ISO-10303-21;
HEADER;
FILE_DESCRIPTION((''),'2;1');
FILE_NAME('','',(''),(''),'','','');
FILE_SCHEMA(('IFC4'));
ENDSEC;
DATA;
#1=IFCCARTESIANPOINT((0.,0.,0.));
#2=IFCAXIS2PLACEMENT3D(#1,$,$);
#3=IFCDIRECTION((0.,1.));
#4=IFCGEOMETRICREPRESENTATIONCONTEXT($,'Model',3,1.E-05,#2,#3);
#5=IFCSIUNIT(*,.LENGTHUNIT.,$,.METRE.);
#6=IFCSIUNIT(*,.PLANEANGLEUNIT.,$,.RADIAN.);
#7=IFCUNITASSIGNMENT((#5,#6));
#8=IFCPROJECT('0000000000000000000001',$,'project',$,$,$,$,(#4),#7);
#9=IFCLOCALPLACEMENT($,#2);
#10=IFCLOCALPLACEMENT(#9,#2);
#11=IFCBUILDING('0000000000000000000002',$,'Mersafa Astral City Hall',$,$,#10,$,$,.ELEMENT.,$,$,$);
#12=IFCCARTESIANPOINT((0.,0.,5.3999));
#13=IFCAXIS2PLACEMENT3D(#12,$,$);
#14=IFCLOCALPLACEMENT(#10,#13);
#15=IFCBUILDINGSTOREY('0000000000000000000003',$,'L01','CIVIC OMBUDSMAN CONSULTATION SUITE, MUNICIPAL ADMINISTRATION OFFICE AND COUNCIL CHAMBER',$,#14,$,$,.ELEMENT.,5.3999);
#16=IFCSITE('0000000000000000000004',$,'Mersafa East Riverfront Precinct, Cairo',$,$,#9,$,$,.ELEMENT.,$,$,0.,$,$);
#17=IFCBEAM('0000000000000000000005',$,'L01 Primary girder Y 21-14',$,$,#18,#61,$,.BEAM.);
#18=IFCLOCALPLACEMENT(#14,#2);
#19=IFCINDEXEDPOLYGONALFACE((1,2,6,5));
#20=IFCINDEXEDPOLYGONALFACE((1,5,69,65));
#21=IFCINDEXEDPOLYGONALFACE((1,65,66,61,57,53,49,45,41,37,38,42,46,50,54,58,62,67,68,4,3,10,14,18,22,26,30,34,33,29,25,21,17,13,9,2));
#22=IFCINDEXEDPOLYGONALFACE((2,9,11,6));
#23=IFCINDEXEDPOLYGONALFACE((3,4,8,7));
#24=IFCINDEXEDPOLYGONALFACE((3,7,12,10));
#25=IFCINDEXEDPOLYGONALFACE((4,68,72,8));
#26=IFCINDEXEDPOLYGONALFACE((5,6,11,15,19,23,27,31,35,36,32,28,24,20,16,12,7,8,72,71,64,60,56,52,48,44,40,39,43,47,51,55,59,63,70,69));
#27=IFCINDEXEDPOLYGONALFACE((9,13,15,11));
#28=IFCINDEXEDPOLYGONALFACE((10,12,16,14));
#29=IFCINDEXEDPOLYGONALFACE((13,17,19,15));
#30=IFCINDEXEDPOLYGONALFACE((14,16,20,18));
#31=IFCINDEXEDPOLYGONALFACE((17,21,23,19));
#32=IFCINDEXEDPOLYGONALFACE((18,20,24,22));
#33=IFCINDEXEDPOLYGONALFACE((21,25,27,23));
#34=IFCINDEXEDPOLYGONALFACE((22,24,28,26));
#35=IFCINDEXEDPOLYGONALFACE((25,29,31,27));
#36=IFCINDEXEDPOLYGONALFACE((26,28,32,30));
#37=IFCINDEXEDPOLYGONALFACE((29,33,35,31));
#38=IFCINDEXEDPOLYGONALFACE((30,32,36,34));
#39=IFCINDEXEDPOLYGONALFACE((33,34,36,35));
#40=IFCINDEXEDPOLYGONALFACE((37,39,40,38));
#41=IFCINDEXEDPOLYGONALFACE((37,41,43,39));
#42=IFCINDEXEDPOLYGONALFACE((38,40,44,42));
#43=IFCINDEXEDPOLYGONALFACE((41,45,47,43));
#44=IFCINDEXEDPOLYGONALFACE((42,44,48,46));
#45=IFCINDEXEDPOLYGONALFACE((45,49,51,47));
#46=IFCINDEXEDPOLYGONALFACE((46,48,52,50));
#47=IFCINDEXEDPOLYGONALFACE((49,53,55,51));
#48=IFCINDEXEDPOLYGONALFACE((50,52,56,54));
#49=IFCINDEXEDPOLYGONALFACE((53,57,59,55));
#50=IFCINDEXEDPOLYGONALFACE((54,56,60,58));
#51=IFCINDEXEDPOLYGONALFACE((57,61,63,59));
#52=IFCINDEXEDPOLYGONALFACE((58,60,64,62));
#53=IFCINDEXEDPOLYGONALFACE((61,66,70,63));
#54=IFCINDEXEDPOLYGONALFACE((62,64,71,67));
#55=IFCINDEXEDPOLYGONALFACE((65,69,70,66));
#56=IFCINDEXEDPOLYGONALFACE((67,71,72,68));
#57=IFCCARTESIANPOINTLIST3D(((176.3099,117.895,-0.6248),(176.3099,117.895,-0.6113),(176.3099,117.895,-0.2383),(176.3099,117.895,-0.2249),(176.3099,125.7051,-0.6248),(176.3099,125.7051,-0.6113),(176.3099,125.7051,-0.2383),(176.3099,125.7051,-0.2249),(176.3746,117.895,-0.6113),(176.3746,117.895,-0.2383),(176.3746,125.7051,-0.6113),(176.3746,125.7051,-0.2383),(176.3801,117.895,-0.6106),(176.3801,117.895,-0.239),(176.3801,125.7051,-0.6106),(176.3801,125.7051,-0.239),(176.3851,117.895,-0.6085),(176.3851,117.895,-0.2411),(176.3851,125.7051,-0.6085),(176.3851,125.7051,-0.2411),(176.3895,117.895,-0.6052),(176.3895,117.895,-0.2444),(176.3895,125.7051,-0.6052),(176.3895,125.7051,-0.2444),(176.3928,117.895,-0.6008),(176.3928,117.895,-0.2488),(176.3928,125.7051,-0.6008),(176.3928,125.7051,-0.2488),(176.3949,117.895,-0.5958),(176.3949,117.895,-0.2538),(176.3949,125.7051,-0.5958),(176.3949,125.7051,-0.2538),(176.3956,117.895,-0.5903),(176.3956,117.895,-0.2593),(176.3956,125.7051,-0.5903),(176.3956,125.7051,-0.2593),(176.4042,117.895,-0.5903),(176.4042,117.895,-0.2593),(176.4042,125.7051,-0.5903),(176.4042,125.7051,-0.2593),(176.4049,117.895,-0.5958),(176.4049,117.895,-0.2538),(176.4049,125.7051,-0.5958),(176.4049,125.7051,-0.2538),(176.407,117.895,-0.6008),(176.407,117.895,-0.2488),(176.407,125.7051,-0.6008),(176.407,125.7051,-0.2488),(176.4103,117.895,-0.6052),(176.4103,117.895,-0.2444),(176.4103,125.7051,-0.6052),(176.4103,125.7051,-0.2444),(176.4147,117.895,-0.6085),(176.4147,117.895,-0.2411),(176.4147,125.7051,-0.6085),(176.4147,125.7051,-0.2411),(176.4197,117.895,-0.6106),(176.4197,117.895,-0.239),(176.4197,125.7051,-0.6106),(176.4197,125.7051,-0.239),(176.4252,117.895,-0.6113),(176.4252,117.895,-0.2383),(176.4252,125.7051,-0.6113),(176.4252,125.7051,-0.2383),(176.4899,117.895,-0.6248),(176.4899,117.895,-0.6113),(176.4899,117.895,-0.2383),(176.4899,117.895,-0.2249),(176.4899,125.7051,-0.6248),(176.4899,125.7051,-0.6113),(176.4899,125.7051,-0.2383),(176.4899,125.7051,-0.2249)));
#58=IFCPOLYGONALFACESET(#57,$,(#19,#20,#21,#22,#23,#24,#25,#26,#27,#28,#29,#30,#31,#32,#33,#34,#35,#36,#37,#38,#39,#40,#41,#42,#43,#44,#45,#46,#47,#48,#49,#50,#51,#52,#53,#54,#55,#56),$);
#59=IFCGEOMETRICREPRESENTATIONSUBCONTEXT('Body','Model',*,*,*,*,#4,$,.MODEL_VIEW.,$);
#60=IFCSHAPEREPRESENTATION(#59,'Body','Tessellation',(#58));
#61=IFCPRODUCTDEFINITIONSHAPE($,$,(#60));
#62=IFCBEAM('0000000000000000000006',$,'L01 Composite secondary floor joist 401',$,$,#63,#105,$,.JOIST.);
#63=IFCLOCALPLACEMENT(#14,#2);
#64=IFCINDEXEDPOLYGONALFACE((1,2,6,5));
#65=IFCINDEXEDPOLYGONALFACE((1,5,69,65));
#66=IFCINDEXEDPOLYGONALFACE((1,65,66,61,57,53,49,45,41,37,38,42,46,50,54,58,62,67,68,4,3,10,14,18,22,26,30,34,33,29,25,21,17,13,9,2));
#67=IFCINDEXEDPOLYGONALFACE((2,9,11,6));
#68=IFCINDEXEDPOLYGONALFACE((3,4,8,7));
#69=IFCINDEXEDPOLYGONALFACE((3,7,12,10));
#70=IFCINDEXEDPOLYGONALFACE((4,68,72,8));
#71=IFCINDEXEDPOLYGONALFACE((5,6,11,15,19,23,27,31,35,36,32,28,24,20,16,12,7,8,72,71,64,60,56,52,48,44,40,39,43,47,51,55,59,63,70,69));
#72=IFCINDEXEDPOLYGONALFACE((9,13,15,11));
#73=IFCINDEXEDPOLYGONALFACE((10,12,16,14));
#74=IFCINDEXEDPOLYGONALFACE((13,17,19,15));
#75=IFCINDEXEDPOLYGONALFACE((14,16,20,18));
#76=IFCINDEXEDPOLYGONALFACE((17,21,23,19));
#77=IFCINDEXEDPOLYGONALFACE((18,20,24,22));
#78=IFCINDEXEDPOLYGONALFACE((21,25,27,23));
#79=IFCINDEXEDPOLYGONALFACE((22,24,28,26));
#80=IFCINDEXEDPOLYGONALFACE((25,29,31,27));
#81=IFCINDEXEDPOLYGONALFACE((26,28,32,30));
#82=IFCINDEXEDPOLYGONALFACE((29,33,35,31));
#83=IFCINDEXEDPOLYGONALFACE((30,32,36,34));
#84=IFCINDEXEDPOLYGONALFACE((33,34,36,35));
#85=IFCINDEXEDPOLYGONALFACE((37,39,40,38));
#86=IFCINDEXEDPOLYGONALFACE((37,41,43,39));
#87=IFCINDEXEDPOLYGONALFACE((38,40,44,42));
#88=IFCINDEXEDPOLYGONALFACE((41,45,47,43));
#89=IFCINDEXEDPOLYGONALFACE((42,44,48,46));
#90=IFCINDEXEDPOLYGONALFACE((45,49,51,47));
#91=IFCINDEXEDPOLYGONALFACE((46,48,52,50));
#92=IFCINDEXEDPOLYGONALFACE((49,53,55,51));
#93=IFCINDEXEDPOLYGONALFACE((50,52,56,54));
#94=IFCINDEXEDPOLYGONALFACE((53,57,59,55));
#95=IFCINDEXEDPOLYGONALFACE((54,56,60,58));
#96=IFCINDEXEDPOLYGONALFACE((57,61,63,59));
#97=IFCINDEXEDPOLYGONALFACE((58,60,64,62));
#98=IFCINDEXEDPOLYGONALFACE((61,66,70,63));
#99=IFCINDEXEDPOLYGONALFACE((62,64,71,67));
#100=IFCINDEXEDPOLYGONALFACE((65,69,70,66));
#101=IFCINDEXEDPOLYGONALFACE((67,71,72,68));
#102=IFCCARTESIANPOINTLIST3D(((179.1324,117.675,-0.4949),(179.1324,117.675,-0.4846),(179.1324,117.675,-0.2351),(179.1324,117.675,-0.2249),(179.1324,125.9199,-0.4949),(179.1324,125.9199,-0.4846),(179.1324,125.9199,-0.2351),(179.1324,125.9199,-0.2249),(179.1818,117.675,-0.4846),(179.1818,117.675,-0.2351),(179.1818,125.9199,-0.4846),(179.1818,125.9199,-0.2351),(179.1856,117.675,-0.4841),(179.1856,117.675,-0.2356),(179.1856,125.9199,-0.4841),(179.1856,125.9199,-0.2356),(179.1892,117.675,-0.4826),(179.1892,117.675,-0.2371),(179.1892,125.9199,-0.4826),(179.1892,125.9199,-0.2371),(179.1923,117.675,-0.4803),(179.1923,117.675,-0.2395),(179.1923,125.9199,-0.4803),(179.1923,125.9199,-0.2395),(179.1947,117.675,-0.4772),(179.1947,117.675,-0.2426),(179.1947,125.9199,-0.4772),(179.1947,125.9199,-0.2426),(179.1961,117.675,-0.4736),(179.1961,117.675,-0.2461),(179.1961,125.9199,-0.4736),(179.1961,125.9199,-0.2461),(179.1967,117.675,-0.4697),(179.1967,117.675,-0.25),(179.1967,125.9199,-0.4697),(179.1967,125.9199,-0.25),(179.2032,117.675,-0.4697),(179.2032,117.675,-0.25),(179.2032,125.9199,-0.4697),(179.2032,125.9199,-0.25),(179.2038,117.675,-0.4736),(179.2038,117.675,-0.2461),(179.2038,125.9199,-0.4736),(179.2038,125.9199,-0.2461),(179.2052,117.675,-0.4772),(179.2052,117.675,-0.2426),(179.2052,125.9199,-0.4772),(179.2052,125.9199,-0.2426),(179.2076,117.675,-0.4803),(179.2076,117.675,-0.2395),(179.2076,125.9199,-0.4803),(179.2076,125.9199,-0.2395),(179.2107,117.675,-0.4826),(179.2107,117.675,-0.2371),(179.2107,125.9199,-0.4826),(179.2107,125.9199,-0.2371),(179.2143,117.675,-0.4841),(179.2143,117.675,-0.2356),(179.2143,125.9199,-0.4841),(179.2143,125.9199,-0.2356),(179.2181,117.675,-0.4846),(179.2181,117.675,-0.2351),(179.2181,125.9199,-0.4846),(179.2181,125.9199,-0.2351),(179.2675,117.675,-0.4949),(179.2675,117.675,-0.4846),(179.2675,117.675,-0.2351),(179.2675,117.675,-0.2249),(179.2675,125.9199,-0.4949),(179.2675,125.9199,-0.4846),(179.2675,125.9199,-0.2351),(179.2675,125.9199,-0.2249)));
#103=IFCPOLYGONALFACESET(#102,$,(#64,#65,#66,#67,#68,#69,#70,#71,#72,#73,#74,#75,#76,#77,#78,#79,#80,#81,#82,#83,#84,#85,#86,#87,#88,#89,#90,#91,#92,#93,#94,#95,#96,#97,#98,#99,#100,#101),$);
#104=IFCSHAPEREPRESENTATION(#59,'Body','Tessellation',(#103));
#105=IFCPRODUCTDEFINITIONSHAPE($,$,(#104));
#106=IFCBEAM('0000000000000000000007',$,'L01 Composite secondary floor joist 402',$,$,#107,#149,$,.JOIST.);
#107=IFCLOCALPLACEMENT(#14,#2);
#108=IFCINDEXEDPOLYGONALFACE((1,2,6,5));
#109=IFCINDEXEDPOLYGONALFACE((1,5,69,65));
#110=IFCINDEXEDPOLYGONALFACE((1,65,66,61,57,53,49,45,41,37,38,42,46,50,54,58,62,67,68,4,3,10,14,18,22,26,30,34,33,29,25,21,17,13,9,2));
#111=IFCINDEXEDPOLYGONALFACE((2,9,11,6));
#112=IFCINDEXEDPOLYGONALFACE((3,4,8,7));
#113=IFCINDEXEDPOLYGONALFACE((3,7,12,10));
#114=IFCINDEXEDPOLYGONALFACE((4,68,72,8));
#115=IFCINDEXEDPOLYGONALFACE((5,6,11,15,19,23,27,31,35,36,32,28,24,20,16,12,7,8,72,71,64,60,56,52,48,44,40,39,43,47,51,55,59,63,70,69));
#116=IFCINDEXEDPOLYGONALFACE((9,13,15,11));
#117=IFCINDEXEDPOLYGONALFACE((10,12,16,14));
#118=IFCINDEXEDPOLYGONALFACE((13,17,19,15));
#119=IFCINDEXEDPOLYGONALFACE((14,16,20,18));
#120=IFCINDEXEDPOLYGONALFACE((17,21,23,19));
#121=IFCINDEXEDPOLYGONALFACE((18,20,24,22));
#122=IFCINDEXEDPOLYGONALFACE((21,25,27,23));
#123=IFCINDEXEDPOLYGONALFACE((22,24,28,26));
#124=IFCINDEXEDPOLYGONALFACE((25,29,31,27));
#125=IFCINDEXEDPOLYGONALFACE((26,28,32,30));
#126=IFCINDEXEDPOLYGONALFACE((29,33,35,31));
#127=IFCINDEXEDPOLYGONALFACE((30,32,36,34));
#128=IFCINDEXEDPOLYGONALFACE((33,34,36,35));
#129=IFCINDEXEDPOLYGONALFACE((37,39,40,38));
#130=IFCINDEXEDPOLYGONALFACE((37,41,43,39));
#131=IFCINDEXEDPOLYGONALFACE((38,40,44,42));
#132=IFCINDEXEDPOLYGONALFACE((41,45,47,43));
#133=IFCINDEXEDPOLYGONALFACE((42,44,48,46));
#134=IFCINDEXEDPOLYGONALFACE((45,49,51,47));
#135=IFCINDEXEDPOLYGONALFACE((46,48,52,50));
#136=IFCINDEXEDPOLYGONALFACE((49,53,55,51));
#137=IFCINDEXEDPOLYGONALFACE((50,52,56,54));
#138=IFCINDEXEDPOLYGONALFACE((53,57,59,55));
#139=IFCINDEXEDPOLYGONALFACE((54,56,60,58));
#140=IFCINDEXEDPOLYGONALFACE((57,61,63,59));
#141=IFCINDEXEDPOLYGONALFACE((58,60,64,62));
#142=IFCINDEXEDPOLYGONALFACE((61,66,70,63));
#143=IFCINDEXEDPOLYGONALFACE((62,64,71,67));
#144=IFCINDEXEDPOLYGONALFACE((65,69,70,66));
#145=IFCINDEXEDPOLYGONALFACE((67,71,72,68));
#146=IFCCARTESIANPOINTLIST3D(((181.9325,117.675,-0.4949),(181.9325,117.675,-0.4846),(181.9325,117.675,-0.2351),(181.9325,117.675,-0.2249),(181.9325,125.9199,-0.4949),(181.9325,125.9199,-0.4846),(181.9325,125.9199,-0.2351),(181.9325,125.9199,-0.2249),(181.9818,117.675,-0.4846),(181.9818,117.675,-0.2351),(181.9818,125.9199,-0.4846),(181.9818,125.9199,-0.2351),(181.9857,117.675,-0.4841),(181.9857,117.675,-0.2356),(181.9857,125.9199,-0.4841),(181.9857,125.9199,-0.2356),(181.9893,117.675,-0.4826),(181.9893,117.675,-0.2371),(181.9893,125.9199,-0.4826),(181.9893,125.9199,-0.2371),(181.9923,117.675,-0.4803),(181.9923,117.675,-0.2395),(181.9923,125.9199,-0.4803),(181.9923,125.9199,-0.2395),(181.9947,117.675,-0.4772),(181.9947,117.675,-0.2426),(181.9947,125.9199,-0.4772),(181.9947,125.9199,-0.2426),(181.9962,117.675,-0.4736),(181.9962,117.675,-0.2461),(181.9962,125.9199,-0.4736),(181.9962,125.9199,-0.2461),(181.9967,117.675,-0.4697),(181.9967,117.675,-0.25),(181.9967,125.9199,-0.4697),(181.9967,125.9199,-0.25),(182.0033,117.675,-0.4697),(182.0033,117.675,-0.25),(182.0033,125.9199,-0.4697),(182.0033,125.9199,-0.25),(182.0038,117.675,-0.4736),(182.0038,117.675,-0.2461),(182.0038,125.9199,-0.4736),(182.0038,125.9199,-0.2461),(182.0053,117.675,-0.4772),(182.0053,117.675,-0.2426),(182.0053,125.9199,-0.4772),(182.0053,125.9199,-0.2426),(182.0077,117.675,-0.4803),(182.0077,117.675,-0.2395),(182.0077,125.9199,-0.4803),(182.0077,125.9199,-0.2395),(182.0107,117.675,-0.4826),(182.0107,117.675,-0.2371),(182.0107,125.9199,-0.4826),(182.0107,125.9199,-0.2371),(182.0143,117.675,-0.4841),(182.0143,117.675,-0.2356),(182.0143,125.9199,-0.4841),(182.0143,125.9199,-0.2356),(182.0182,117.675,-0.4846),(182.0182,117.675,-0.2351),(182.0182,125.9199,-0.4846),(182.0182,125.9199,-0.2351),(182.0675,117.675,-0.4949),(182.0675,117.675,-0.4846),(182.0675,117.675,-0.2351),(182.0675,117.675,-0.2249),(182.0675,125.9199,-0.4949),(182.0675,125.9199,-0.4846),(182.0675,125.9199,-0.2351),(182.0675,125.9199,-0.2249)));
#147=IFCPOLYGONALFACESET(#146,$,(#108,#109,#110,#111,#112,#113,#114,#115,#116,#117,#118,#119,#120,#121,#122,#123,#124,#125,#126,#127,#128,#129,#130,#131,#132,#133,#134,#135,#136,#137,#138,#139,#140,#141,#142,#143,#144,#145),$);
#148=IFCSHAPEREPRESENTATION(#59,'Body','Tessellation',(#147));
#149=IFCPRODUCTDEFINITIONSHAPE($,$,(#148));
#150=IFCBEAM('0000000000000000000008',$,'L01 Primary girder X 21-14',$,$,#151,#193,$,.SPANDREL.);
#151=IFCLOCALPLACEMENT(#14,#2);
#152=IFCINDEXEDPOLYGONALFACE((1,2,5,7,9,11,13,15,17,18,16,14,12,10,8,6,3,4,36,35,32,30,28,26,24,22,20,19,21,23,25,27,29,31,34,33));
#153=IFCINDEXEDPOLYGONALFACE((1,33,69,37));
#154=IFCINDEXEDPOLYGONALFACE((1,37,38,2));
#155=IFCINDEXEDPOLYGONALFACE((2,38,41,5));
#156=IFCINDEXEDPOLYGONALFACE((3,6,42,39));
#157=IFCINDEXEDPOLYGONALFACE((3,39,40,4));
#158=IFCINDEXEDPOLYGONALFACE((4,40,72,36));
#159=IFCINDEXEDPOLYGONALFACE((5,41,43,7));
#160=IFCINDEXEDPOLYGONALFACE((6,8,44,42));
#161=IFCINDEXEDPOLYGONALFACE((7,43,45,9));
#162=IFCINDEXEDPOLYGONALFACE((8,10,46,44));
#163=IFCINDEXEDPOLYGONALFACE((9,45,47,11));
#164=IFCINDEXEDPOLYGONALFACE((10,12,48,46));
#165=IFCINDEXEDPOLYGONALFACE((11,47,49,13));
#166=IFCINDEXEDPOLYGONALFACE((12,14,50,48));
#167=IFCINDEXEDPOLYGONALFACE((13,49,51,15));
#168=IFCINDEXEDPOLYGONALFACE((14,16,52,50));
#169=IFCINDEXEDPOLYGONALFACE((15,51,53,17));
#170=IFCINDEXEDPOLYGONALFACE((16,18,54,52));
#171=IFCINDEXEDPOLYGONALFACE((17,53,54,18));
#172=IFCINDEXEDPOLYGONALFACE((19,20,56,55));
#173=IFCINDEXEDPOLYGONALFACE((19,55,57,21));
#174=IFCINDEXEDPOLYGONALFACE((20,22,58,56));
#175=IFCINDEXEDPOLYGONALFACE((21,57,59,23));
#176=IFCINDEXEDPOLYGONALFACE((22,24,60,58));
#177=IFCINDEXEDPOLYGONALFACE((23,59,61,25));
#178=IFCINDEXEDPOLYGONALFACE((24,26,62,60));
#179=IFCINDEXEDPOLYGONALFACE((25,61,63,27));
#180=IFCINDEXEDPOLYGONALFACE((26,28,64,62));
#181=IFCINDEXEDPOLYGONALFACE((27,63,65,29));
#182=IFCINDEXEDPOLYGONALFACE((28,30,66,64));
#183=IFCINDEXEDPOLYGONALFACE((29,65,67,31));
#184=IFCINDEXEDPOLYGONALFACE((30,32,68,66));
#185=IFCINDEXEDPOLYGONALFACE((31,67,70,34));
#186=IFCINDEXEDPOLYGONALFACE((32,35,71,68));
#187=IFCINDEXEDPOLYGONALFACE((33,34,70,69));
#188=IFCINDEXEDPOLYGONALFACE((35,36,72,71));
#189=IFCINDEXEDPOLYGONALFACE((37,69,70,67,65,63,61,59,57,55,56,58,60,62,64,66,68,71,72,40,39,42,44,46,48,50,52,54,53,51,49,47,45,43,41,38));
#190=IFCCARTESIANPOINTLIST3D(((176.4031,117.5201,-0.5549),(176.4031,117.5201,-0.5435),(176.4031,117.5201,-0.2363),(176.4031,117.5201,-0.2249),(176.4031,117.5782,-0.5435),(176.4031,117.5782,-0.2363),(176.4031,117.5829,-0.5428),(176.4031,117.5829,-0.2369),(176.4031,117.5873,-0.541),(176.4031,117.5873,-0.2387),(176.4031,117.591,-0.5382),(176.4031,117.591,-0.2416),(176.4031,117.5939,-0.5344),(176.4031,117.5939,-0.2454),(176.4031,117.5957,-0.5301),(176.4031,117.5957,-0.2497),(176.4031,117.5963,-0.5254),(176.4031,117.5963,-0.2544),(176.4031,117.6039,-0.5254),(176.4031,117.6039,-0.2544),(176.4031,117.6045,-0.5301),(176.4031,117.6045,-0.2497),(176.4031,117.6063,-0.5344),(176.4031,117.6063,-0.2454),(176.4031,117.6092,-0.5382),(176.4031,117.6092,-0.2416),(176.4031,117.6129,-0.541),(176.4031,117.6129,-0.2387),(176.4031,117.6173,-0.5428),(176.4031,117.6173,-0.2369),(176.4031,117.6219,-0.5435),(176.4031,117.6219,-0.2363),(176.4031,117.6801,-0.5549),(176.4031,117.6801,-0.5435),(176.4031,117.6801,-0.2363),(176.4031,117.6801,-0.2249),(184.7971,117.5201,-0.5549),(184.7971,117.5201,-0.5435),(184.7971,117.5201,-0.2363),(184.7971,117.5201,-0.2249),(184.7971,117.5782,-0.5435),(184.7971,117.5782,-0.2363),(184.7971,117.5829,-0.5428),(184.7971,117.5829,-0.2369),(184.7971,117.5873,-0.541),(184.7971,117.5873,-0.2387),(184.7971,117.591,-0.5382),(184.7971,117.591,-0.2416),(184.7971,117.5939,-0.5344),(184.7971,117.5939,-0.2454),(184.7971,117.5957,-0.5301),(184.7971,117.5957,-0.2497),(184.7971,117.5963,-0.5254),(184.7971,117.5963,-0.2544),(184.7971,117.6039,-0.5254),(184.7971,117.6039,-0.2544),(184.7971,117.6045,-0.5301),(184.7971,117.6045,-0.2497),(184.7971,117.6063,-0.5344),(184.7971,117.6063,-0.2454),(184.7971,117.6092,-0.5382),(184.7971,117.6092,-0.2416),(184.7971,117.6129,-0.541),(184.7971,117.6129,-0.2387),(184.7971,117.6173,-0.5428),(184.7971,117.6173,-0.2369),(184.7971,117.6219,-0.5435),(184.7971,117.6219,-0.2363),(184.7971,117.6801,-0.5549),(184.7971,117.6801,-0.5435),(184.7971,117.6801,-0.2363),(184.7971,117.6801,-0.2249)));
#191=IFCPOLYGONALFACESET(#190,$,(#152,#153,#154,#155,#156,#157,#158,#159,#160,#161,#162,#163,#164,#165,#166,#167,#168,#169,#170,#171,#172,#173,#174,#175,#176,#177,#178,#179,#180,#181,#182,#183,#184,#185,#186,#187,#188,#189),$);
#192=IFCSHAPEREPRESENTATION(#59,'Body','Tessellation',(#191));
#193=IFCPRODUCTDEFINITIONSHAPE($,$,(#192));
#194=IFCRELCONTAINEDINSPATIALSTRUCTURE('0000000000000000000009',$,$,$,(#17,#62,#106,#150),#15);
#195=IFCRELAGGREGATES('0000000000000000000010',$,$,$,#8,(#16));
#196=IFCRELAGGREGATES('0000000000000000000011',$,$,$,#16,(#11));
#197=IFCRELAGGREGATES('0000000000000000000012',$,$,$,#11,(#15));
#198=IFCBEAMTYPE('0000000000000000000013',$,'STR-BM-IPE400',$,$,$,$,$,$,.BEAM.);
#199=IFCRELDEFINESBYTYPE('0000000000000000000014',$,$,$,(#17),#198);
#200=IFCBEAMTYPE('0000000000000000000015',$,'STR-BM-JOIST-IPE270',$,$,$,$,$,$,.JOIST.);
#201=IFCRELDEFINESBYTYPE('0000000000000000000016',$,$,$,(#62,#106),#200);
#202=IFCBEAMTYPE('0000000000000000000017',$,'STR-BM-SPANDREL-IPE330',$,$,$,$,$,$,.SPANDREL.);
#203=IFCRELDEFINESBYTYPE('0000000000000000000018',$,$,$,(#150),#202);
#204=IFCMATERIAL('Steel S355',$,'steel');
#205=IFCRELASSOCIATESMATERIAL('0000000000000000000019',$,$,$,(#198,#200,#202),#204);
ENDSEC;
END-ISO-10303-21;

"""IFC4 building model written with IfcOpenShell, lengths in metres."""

from ifc_helpers import new_model, si_unit, direction, frame, origin, origin_2d, place, context, subcontext, project, spatial, i_section, extrude, material, material_profile, profile_set, type_object, element, save


model = new_model("IFC4")

# Units and contexts
model_context = context("Model", 3, precision=1e-05, world=origin(), true_north=direction((0.0, 1.0)))
body_context = subcontext(model_context, "Body", "Model", "MODEL_VIEW")
ifc_project = project(units=[si_unit("LENGTHUNIT", "METRE"), si_unit("PLANEANGLEUNIT", "RADIAN")], contexts=[model_context])

# Site, building, storey
site_placement = place(None, origin())
site = spatial("IfcSite", under=ifc_project, at=site_placement, Name="Mersafa East Riverfront Precinct, Cairo", CompositionType="ELEMENT", RefElevation=0.0)
building_placement = place(site_placement, origin())
building = spatial("IfcBuilding", under=site, at=building_placement, Name="Mersafa Astral City Hall", CompositionType="ELEMENT")
storey_placement = place(building_placement, frame((0.0, 0.0, 5.3999)))
storey = spatial("IfcBuildingStorey", under=building, at=storey_placement, Name="L01", Description="CIVIC OMBUDSMAN CONSULTATION SUITE, MUNICIPAL ADMINISTRATION OFFICE AND COUNCIL CHAMBER", CompositionType="ELEMENT", Elevation=5.3999)

# Shared definitions
ifc_material_1 = material(Name="Steel S355", Category="steel")

# Beams
ifc_material_profile_1 = material_profile(ifc_material_1, i_section(OverallWidth=0.1799, OverallDepth=0.3999, WebThickness=0.0085, FlangeThickness=0.0134, FilletRadius=0.021, at=origin_2d()), Name="IPE 400")
ifc_profile_set_1 = profile_set([ifc_material_profile_1], Name="Steel S355")
beam_type_1 = type_object("IfcBeamType", Name="STR-BM-IPE400", PredefinedType="BEAM", material=ifc_profile_set_1)
beam_1_placement = place(storey_placement, frame((176.3999, 117.895, -0.4248), z_axis=(0.0, 1.0, 0.0), x_axis=(-1.0, 0.0, 0.0)))
element("IfcBeam", 1, at=beam_1_placement, inside=storey, type_object=beam_type_1, Name="L01 Primary girder Y 21-14", PredefinedType="BEAM", context=body_context, shape_type="SweptSolid", body=[
    extrude(i_section(OverallWidth=0.1799, OverallDepth=0.3999, WebThickness=0.0085, FlangeThickness=0.0134, FilletRadius=0.021, at=origin_2d()), origin(), (0.0, 0.0, 1.0), 7.8101),
])
ifc_material_profile_2 = material_profile(ifc_material_1, i_section(OverallWidth=0.135, OverallDepth=0.27, WebThickness=0.0066, FlangeThickness=0.0103, FilletRadius=0.0149, at=origin_2d()), Name="IPE 270")
ifc_profile_set_2 = profile_set([ifc_material_profile_2], Name="Steel S355")
beam_type_2 = type_object("IfcBeamType", Name="STR-BM-JOIST-IPE270", PredefinedType="JOIST", material=ifc_profile_set_2)
for number, where, z_axis, x_axis, name in (
    (2, (179.2, 117.675, -0.3599), (0.0, 1.0, 0.0), (-1.0, 0.0, 0.0), "L01 Composite secondary floor joist 401"),
    (3, (182.0, 117.675, -0.3599), (0.0, 1.0, 0.0), (-1.0, 0.0, 0.0), "L01 Composite secondary floor joist 402"),
):
    element("IfcBeam", number, at=place(storey_placement, frame(where, z_axis=z_axis, x_axis=x_axis)), inside=storey, type_object=beam_type_2, Name=name, PredefinedType="JOIST", context=body_context, shape_type="SweptSolid", body=[
        extrude(i_section(OverallWidth=0.135, OverallDepth=0.27, WebThickness=0.0066, FlangeThickness=0.0103, FilletRadius=0.0149, at=origin_2d()), origin(), (0.0, 0.0, 1.0), 8.2449),
    ])
ifc_material_profile_3 = material_profile(ifc_material_1, i_section(OverallWidth=0.1599, OverallDepth=0.3301, WebThickness=0.0076, FlangeThickness=0.0115, FilletRadius=0.0181, at=origin_2d()), Name="IPE 330")
ifc_profile_set_3 = profile_set([ifc_material_profile_3], Name="Steel S355")
beam_type_3 = type_object("IfcBeamType", Name="STR-BM-SPANDREL-IPE330", PredefinedType="SPANDREL", material=ifc_profile_set_3)
beam_2_placement = place(storey_placement, frame((176.4031, 117.6001, -0.3899), z_axis=(1.0, 0.0, 0.0), x_axis=(0.0, 1.0, 0.0)))
element("IfcBeam", 4, at=beam_2_placement, inside=storey, type_object=beam_type_3, Name="L01 Primary girder X 21-14", PredefinedType="SPANDREL", context=body_context, shape_type="SweptSolid", body=[
    extrude(i_section(OverallWidth=0.1599, OverallDepth=0.3301, WebThickness=0.0076, FlangeThickness=0.0115, FilletRadius=0.0181, at=origin_2d()), origin(), (0.0, 0.0, 1.0), 8.394),
])

save(model, "model.ifc")
